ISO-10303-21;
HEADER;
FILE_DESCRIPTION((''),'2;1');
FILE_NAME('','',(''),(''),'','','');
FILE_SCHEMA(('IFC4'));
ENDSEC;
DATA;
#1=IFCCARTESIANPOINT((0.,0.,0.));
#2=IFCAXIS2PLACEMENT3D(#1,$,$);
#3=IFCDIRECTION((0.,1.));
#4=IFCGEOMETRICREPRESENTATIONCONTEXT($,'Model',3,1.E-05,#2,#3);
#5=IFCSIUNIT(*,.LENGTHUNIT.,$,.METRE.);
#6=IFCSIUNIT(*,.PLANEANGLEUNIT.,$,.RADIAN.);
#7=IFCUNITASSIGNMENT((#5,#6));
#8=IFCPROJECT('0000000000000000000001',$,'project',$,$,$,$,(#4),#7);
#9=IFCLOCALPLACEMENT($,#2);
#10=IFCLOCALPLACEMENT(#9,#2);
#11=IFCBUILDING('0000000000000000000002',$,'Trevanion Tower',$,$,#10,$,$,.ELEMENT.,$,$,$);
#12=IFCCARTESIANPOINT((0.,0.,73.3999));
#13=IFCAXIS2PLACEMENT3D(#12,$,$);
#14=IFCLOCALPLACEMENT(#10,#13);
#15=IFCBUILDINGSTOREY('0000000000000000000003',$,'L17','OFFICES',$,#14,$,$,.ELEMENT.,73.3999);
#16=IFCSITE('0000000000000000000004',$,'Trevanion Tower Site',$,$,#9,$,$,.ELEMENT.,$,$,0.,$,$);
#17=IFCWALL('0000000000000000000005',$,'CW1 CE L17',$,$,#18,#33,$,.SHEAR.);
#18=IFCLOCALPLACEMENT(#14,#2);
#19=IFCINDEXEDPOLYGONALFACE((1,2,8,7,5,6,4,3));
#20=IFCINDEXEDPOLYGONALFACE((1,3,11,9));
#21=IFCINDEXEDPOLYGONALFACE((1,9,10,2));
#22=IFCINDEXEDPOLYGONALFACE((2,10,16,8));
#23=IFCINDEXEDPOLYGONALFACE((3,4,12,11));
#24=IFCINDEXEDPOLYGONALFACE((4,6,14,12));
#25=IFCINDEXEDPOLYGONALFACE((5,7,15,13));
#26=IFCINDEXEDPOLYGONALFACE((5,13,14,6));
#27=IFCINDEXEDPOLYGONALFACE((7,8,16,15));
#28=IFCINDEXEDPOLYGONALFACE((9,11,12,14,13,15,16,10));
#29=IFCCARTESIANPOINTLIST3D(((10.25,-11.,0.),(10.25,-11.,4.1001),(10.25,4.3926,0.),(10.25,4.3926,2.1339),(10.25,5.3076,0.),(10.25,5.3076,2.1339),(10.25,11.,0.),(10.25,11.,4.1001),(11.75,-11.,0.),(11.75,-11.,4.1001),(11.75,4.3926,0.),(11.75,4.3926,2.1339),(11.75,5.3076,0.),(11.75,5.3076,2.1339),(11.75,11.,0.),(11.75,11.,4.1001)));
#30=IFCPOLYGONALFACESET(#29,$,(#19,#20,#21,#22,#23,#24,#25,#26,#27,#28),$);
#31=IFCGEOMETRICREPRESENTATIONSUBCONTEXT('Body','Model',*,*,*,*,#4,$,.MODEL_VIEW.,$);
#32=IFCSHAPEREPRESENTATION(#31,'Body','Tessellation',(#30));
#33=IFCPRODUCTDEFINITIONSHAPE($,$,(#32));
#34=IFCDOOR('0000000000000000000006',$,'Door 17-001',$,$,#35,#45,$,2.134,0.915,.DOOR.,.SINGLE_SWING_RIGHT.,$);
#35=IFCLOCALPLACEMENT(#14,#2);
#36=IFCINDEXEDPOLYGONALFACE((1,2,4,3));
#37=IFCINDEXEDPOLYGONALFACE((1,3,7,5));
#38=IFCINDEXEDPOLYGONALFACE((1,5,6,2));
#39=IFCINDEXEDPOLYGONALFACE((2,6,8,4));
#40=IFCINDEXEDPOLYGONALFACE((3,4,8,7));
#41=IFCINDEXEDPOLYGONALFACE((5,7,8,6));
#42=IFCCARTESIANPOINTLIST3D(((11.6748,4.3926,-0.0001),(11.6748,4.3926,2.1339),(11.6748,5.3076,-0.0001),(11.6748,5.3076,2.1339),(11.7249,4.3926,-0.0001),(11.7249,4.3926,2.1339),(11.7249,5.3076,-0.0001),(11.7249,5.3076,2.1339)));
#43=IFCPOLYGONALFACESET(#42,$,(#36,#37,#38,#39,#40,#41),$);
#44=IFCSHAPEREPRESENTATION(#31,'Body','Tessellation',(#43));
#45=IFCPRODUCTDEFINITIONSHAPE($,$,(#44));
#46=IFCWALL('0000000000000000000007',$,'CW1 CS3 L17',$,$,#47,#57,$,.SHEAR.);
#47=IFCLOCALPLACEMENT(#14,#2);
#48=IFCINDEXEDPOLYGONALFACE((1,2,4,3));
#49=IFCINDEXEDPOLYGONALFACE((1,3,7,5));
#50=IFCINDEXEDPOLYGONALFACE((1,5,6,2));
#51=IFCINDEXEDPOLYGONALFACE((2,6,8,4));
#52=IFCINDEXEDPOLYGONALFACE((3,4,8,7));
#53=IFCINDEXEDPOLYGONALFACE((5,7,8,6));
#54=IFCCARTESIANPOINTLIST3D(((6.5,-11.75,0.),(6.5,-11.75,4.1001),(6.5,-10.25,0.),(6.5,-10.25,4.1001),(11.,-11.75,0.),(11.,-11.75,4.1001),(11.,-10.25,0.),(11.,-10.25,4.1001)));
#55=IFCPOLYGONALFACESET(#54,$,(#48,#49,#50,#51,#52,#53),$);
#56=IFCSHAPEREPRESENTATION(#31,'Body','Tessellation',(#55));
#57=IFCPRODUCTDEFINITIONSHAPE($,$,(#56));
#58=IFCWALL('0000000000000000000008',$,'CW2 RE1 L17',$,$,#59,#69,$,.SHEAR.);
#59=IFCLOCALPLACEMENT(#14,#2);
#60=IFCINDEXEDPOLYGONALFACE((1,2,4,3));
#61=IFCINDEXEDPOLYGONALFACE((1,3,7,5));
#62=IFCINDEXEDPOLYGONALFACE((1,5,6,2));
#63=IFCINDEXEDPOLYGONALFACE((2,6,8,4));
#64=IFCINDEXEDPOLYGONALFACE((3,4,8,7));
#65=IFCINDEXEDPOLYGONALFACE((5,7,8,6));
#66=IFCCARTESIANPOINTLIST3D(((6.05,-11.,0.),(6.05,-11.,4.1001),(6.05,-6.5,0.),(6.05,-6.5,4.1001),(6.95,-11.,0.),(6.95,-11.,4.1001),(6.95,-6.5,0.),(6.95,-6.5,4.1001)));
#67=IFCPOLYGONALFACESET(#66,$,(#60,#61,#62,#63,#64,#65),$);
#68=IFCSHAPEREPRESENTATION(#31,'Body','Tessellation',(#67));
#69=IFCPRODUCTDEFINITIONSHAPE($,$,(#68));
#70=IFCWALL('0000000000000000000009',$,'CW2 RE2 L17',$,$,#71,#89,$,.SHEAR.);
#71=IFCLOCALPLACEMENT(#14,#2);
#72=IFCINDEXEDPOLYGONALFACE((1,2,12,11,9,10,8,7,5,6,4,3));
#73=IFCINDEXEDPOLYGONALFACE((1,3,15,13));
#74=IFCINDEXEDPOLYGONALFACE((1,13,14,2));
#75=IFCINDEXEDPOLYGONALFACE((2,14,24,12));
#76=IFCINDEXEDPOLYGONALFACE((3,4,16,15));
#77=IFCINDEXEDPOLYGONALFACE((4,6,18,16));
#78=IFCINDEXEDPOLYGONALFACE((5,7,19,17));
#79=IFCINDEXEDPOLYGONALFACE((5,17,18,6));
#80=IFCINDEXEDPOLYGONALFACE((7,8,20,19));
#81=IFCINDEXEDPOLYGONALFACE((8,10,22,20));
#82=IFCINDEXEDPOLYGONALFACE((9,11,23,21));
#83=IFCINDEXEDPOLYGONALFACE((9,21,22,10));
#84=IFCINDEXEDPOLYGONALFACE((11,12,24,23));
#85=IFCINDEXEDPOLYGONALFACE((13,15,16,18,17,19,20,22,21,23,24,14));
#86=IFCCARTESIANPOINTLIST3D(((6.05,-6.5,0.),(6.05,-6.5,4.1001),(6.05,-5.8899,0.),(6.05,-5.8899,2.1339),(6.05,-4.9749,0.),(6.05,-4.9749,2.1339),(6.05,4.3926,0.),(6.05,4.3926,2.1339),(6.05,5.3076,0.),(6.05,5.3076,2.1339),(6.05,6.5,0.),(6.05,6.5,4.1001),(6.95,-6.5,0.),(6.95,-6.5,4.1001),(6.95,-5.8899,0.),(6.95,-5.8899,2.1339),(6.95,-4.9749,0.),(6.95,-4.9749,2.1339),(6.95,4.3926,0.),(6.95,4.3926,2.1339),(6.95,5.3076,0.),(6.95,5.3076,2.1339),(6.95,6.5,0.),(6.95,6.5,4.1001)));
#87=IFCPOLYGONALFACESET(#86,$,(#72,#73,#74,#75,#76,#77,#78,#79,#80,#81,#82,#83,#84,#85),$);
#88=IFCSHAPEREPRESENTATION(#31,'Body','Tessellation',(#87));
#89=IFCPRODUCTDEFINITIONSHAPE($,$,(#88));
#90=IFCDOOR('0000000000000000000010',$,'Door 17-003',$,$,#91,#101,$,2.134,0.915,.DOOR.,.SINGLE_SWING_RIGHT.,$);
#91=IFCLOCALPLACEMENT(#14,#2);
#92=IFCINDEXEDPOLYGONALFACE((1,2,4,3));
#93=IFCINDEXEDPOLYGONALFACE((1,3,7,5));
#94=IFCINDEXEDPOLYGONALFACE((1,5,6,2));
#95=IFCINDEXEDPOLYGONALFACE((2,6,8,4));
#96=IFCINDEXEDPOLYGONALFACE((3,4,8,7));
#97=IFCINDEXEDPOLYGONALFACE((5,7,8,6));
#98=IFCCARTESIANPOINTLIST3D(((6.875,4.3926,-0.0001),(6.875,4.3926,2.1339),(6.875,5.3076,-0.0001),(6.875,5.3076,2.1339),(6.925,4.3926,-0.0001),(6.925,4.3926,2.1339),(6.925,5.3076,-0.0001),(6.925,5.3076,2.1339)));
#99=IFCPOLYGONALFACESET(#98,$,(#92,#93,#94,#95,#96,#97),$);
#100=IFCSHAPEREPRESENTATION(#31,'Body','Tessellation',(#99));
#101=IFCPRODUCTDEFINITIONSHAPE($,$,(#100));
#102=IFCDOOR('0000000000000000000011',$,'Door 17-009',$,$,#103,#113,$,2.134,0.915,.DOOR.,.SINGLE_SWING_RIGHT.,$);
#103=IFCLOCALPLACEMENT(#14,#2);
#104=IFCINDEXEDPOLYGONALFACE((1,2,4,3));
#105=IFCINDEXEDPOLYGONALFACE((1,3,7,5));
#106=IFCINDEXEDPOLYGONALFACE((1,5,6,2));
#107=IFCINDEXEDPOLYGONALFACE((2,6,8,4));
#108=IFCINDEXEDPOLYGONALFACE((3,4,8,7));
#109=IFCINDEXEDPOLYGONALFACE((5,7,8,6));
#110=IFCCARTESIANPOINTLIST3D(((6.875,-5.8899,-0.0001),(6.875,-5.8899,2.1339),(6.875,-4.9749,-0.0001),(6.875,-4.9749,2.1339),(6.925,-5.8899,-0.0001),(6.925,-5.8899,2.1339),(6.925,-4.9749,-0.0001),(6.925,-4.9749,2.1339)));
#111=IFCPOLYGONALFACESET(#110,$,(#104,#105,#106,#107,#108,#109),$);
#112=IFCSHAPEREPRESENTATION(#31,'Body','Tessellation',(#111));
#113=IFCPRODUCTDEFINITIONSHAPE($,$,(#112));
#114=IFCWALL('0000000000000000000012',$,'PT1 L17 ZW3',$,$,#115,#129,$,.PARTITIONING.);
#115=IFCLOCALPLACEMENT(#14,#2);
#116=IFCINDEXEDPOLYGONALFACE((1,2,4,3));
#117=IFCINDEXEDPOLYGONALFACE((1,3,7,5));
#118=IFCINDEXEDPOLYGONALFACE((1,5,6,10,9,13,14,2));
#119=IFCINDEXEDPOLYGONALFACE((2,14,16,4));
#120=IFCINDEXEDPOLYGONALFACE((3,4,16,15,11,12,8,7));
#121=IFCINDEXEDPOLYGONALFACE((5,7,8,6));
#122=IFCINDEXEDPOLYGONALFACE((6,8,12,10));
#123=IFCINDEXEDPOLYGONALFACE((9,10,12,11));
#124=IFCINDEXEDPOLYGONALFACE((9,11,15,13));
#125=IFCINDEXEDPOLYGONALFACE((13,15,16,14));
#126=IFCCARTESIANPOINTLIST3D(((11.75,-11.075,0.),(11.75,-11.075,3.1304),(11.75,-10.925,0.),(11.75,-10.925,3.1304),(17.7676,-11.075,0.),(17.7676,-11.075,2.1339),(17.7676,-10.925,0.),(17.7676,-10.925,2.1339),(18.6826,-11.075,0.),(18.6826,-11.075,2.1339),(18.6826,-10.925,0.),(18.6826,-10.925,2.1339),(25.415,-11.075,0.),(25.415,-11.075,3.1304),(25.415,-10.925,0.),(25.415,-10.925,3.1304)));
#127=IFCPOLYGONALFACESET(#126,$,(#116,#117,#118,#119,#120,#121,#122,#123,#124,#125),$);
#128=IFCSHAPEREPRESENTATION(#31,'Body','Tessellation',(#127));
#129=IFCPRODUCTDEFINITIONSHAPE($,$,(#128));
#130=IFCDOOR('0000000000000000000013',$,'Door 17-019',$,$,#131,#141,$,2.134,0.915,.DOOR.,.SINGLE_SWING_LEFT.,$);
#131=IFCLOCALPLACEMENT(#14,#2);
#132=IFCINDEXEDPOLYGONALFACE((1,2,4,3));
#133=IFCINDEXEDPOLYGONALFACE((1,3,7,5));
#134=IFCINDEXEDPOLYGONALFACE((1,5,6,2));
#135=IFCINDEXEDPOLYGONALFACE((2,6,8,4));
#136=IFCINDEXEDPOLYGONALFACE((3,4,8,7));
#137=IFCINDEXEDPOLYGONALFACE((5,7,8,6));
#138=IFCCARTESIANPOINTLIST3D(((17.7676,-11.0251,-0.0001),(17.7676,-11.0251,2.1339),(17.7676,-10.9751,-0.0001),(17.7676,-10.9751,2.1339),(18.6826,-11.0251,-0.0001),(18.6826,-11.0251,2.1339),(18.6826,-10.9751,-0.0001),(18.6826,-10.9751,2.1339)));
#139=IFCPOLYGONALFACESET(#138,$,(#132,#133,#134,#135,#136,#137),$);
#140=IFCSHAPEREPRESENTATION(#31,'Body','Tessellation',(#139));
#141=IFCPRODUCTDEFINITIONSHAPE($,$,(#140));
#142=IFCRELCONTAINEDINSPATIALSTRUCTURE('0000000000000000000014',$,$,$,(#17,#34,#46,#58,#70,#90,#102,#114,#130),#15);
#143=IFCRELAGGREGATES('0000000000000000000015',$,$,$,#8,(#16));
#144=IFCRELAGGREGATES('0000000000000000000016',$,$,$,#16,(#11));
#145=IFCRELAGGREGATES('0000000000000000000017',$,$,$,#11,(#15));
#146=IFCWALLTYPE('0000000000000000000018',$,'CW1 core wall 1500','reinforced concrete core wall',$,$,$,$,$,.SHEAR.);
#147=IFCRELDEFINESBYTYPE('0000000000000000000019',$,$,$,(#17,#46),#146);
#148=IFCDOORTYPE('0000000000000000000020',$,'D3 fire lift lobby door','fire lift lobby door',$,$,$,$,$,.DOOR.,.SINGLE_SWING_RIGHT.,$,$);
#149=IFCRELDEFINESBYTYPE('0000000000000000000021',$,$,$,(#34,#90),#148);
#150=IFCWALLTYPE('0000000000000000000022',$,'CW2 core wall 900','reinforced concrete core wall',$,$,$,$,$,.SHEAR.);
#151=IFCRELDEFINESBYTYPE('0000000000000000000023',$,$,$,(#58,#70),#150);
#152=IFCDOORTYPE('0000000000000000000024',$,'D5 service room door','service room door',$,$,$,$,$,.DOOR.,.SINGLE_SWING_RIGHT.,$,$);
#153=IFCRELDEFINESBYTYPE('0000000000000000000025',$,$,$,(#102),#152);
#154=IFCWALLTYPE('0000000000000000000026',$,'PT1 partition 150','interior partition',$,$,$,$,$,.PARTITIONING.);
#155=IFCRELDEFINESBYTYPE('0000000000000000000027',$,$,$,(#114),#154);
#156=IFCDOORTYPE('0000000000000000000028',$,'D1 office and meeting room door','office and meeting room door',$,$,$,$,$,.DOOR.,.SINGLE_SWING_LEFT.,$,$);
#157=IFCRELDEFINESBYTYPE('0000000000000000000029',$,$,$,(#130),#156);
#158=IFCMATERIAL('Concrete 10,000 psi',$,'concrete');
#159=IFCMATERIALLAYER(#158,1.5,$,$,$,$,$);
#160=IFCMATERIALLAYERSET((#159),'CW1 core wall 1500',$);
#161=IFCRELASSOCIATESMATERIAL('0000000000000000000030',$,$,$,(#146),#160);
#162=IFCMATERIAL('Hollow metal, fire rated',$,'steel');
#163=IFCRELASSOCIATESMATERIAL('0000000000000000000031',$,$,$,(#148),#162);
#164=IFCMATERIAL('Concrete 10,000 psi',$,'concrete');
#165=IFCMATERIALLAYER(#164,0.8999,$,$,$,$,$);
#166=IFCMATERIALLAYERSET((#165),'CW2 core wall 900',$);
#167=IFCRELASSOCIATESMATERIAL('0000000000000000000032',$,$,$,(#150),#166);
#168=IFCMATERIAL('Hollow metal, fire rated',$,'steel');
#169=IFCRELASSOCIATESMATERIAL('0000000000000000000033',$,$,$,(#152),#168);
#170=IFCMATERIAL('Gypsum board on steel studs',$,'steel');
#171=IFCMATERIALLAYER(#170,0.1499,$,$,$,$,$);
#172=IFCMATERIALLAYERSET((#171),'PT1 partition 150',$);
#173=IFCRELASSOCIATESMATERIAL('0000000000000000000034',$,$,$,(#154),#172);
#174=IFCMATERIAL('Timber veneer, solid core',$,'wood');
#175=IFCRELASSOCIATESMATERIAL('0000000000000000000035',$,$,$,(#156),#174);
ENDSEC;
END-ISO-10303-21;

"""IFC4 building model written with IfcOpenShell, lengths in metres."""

from ifc_helpers import new_model, si_unit, direction, frame, frame_2d, origin, place, context, subcontext, project, spatial, rectangle, extrude, material, layer, layer_set, type_object, element, fill, save


model = new_model("IFC4")

# Units and contexts
model_context = context("Model", 3, precision=1e-05, world=origin(), true_north=direction((0.0, 1.0)))
body_context = subcontext(model_context, "Body", "Model", "MODEL_VIEW")
ifc_project = project(units=[si_unit("LENGTHUNIT", "METRE"), si_unit("PLANEANGLEUNIT", "RADIAN")], contexts=[model_context])

# Site, building, storey
site_placement = place(None, origin())
site = spatial("IfcSite", under=ifc_project, at=site_placement, Name="Trevanion Tower Site", CompositionType="ELEMENT", RefElevation=0.0)
building_placement = place(site_placement, origin())
building = spatial("IfcBuilding", under=site, at=building_placement, Name="Trevanion Tower", CompositionType="ELEMENT")
storey_placement = place(building_placement, frame((0.0, 0.0, 73.3999)))
storey = spatial("IfcBuildingStorey", under=building, at=storey_placement, Name="L17", Description="OFFICES", CompositionType="ELEMENT", Elevation=73.3999)

# Wall, opening, door
ifc_material_1 = material(Name="Concrete 10,000 psi", Category="concrete")
ifc_layer_1 = layer(ifc_material_1, 1.5)
ifc_layer_set_1 = layer_set([ifc_layer_1], Name="CW1 core wall 1500")
wall_type_1 = type_object("IfcWallType", Name="CW1 core wall 1500", Description="reinforced concrete core wall", PredefinedType="SHEAR", material=ifc_layer_set_1)
wall_1_placement = place(storey_placement, frame((11.0, -11.0, 0.0), z_axis=(0.0, 0.0, 1.0), x_axis=(0.0, 1.0, 0.0)))
wall_1 = element("IfcWall", 1, at=wall_1_placement, inside=storey, type_object=wall_type_1, Name="CW1 CE L17", PredefinedType="SHEAR", context=body_context, shape_type="SweptSolid", body=[
    extrude(rectangle(XDim=22.0, YDim=1.5, at=frame_2d((11.0, 0.0))), origin(), (0.0, 0.0, 1.0), 4.1001),
])
opening_1_placement = place(wall_1_placement, frame((15.3926, 0.0, 0.0)))
opening_1 = element("IfcOpeningElement", 2, at=opening_1_placement, cuts=wall_1, PredefinedType="OPENING", context=body_context, shape_type="SweptSolid", body=[
    extrude(rectangle(XDim=0.915, YDim=2.134, at=frame_2d((0.4575, 1.0669))), frame((0.0, 0.76, 0.0), z_axis=(0.0, -1.0, 0.0), x_axis=(1.0, 0.0, 0.0)), (0.0, 0.0, 1.0), 1.52),
])
ifc_material_2 = material(Name="Hollow metal, fire rated", Category="steel")
door_type_1 = type_object("IfcDoorType", Name="D3 fire lift lobby door", Description="fire lift lobby door", OperationType="SINGLE_SWING_RIGHT", PredefinedType="DOOR", material=ifc_material_2)
door_1_placement = place(opening_1_placement, origin())
door_1 = element("IfcDoor", 3, at=door_1_placement, inside=storey, type_object=door_type_1, Name="Door 17-001", OperationType="SINGLE_SWING_RIGHT", OverallHeight=2.134, OverallWidth=0.915, PredefinedType="DOOR", context=body_context, shape_type="SweptSolid", body=[
    extrude(rectangle(XDim=0.915, YDim=2.134, at=frame_2d((0.4575, 1.0669))), frame((0.0, -0.6748, 0.0), z_axis=(0.0, -1.0, 0.0), x_axis=(1.0, 0.0, 0.0)), (0.0, 0.0, 1.0), 0.05),
])
fill(opening_1, door_1)

# Walls
wall_2_placement = place(storey_placement, frame((6.5, -11.0, 0.0), z_axis=(0.0, 0.0, 1.0), x_axis=(1.0, 0.0, 0.0)))
element("IfcWall", 4, at=wall_2_placement, inside=storey, type_object=wall_type_1, Name="CW1 CS3 L17", PredefinedType="SHEAR", context=body_context, shape_type="SweptSolid", body=[
    extrude(rectangle(XDim=4.5, YDim=1.5, at=frame_2d((2.25, 0.0))), origin(), (0.0, 0.0, 1.0), 4.1001),
])
ifc_material_3 = material(Name="Concrete 10,000 psi", Category="concrete")
ifc_layer_2 = layer(ifc_material_3, 0.8999)
ifc_layer_set_2 = layer_set([ifc_layer_2], Name="CW2 core wall 900")
wall_type_2 = type_object("IfcWallType", Name="CW2 core wall 900", Description="reinforced concrete core wall", PredefinedType="SHEAR", material=ifc_layer_set_2)
wall_3_placement = place(storey_placement, frame((6.5, -11.0, 0.0), z_axis=(0.0, 0.0, 1.0), x_axis=(0.0, 1.0, 0.0)))
element("IfcWall", 5, at=wall_3_placement, inside=storey, type_object=wall_type_2, Name="CW2 RE1 L17", PredefinedType="SHEAR", context=body_context, shape_type="SweptSolid", body=[
    extrude(rectangle(XDim=4.5, YDim=0.8999, at=frame_2d((2.25, 0.0))), origin(), (0.0, 0.0, 1.0), 4.1001),
])

# Wall, openings, doors
wall_4_placement = place(storey_placement, frame((6.5, -6.5, 0.0), z_axis=(0.0, 0.0, 1.0), x_axis=(0.0, 1.0, 0.0)))
wall_4 = element("IfcWall", 6, at=wall_4_placement, inside=storey, type_object=wall_type_2, Name="CW2 RE2 L17", PredefinedType="SHEAR", context=body_context, shape_type="SweptSolid", body=[
    extrude(rectangle(XDim=13.0, YDim=0.8999, at=frame_2d((6.5, 0.0))), origin(), (0.0, 0.0, 1.0), 4.1001),
])
opening_2_placement = place(wall_4_placement, frame((10.8926, 0.0, 0.0)))
opening_2 = element("IfcOpeningElement", 7, at=opening_2_placement, cuts=wall_4, PredefinedType="OPENING", context=body_context, shape_type="SweptSolid", body=[
    extrude(rectangle(XDim=0.915, YDim=2.134, at=frame_2d((0.4575, 1.0669))), frame((0.0, 0.46, 0.0), z_axis=(0.0, -1.0, 0.0), x_axis=(1.0, 0.0, 0.0)), (0.0, 0.0, 1.0), 0.9199),
])
opening_3_placement = place(wall_4_placement, frame((0.6101, 0.0, 0.0)))
opening_3 = element("IfcOpeningElement", 8, at=opening_3_placement, cuts=wall_4, PredefinedType="OPENING", context=body_context, shape_type="SweptSolid", body=[
    extrude(rectangle(XDim=0.915, YDim=2.134, at=frame_2d((0.4575, 1.0669))), frame((0.0, 0.46, 0.0), z_axis=(0.0, -1.0, 0.0), x_axis=(1.0, 0.0, 0.0)), (0.0, 0.0, 1.0), 0.9199),
])
door_2_placement = place(opening_2_placement, origin())
door_2 = element("IfcDoor", 9, at=door_2_placement, inside=storey, type_object=door_type_1, Name="Door 17-003", OperationType="SINGLE_SWING_RIGHT", OverallHeight=2.134, OverallWidth=0.915, PredefinedType="DOOR", context=body_context, shape_type="SweptSolid", body=[
    extrude(rectangle(XDim=0.915, YDim=2.134, at=frame_2d((0.4575, 1.0669))), frame((0.0, -0.375, 0.0), z_axis=(0.0, -1.0, 0.0), x_axis=(1.0, 0.0, 0.0)), (0.0, 0.0, 1.0), 0.05),
])
fill(opening_2, door_2)
ifc_material_4 = material(Name="Hollow metal, fire rated", Category="steel")
door_type_2 = type_object("IfcDoorType", Name="D5 service room door", Description="service room door", OperationType="SINGLE_SWING_RIGHT", PredefinedType="DOOR", material=ifc_material_4)
door_3_placement = place(opening_3_placement, origin())
door_3 = element("IfcDoor", 10, at=door_3_placement, inside=storey, type_object=door_type_2, Name="Door 17-009", OperationType="SINGLE_SWING_RIGHT", OverallHeight=2.134, OverallWidth=0.915, PredefinedType="DOOR", context=body_context, shape_type="SweptSolid", body=[
    extrude(rectangle(XDim=0.915, YDim=2.134, at=frame_2d((0.4575, 1.0669))), frame((0.0, -0.375, 0.0), z_axis=(0.0, -1.0, 0.0), x_axis=(1.0, 0.0, 0.0)), (0.0, 0.0, 1.0), 0.05),
])
fill(opening_3, door_3)

# Wall, opening, door
ifc_material_5 = material(Name="Gypsum board on steel studs", Category="steel")
ifc_layer_3 = layer(ifc_material_5, 0.1499)
ifc_layer_set_3 = layer_set([ifc_layer_3], Name="PT1 partition 150")
wall_type_3 = type_object("IfcWallType", Name="PT1 partition 150", Description="interior partition", PredefinedType="PARTITIONING", material=ifc_layer_set_3)
wall_5_placement = place(storey_placement, frame((11.75, -11.0, 0.0), z_axis=(0.0, 0.0, 1.0), x_axis=(1.0, 0.0, 0.0)))
wall_5 = element("IfcWall", 11, at=wall_5_placement, inside=storey, type_object=wall_type_3, Name="PT1 L17 ZW3", PredefinedType="PARTITIONING", context=body_context, shape_type="SweptSolid", body=[
    extrude(rectangle(XDim=13.665, YDim=0.1499, at=frame_2d((6.8325, 0.0))), origin(), (0.0, 0.0, 1.0), 3.1304),
])
opening_4_placement = place(wall_5_placement, frame((6.0176, 0.0, 0.0)))
opening_4 = element("IfcOpeningElement", 12, at=opening_4_placement, cuts=wall_5, PredefinedType="OPENING", context=body_context, shape_type="SweptSolid", body=[
    extrude(rectangle(XDim=0.915, YDim=2.134, at=frame_2d((0.4575, 1.0669))), frame((0.0, 0.085, 0.0), z_axis=(0.0, -1.0, 0.0), x_axis=(1.0, 0.0, 0.0)), (0.0, 0.0, 1.0), 0.1699),
])
ifc_material_6 = material(Name="Timber veneer, solid core", Category="wood")
door_type_3 = type_object("IfcDoorType", Name="D1 office and meeting room door", Description="office and meeting room door", OperationType="SINGLE_SWING_LEFT", PredefinedType="DOOR", material=ifc_material_6)
door_4_placement = place(opening_4_placement, origin())
door_4 = element("IfcDoor", 13, at=door_4_placement, inside=storey, type_object=door_type_3, Name="Door 17-019", OperationType="SINGLE_SWING_LEFT", OverallHeight=2.134, OverallWidth=0.915, PredefinedType="DOOR", context=body_context, shape_type="SweptSolid", body=[
    extrude(rectangle(XDim=0.915, YDim=2.134, at=frame_2d((0.4575, 1.0669))), frame((0.0, 0.0249, 0.0), z_axis=(0.0, -1.0, 0.0), x_axis=(1.0, 0.0, 0.0)), (0.0, 0.0, 1.0), 0.05),
])
fill(opening_4, door_4)

save(model, "model.ifc")
